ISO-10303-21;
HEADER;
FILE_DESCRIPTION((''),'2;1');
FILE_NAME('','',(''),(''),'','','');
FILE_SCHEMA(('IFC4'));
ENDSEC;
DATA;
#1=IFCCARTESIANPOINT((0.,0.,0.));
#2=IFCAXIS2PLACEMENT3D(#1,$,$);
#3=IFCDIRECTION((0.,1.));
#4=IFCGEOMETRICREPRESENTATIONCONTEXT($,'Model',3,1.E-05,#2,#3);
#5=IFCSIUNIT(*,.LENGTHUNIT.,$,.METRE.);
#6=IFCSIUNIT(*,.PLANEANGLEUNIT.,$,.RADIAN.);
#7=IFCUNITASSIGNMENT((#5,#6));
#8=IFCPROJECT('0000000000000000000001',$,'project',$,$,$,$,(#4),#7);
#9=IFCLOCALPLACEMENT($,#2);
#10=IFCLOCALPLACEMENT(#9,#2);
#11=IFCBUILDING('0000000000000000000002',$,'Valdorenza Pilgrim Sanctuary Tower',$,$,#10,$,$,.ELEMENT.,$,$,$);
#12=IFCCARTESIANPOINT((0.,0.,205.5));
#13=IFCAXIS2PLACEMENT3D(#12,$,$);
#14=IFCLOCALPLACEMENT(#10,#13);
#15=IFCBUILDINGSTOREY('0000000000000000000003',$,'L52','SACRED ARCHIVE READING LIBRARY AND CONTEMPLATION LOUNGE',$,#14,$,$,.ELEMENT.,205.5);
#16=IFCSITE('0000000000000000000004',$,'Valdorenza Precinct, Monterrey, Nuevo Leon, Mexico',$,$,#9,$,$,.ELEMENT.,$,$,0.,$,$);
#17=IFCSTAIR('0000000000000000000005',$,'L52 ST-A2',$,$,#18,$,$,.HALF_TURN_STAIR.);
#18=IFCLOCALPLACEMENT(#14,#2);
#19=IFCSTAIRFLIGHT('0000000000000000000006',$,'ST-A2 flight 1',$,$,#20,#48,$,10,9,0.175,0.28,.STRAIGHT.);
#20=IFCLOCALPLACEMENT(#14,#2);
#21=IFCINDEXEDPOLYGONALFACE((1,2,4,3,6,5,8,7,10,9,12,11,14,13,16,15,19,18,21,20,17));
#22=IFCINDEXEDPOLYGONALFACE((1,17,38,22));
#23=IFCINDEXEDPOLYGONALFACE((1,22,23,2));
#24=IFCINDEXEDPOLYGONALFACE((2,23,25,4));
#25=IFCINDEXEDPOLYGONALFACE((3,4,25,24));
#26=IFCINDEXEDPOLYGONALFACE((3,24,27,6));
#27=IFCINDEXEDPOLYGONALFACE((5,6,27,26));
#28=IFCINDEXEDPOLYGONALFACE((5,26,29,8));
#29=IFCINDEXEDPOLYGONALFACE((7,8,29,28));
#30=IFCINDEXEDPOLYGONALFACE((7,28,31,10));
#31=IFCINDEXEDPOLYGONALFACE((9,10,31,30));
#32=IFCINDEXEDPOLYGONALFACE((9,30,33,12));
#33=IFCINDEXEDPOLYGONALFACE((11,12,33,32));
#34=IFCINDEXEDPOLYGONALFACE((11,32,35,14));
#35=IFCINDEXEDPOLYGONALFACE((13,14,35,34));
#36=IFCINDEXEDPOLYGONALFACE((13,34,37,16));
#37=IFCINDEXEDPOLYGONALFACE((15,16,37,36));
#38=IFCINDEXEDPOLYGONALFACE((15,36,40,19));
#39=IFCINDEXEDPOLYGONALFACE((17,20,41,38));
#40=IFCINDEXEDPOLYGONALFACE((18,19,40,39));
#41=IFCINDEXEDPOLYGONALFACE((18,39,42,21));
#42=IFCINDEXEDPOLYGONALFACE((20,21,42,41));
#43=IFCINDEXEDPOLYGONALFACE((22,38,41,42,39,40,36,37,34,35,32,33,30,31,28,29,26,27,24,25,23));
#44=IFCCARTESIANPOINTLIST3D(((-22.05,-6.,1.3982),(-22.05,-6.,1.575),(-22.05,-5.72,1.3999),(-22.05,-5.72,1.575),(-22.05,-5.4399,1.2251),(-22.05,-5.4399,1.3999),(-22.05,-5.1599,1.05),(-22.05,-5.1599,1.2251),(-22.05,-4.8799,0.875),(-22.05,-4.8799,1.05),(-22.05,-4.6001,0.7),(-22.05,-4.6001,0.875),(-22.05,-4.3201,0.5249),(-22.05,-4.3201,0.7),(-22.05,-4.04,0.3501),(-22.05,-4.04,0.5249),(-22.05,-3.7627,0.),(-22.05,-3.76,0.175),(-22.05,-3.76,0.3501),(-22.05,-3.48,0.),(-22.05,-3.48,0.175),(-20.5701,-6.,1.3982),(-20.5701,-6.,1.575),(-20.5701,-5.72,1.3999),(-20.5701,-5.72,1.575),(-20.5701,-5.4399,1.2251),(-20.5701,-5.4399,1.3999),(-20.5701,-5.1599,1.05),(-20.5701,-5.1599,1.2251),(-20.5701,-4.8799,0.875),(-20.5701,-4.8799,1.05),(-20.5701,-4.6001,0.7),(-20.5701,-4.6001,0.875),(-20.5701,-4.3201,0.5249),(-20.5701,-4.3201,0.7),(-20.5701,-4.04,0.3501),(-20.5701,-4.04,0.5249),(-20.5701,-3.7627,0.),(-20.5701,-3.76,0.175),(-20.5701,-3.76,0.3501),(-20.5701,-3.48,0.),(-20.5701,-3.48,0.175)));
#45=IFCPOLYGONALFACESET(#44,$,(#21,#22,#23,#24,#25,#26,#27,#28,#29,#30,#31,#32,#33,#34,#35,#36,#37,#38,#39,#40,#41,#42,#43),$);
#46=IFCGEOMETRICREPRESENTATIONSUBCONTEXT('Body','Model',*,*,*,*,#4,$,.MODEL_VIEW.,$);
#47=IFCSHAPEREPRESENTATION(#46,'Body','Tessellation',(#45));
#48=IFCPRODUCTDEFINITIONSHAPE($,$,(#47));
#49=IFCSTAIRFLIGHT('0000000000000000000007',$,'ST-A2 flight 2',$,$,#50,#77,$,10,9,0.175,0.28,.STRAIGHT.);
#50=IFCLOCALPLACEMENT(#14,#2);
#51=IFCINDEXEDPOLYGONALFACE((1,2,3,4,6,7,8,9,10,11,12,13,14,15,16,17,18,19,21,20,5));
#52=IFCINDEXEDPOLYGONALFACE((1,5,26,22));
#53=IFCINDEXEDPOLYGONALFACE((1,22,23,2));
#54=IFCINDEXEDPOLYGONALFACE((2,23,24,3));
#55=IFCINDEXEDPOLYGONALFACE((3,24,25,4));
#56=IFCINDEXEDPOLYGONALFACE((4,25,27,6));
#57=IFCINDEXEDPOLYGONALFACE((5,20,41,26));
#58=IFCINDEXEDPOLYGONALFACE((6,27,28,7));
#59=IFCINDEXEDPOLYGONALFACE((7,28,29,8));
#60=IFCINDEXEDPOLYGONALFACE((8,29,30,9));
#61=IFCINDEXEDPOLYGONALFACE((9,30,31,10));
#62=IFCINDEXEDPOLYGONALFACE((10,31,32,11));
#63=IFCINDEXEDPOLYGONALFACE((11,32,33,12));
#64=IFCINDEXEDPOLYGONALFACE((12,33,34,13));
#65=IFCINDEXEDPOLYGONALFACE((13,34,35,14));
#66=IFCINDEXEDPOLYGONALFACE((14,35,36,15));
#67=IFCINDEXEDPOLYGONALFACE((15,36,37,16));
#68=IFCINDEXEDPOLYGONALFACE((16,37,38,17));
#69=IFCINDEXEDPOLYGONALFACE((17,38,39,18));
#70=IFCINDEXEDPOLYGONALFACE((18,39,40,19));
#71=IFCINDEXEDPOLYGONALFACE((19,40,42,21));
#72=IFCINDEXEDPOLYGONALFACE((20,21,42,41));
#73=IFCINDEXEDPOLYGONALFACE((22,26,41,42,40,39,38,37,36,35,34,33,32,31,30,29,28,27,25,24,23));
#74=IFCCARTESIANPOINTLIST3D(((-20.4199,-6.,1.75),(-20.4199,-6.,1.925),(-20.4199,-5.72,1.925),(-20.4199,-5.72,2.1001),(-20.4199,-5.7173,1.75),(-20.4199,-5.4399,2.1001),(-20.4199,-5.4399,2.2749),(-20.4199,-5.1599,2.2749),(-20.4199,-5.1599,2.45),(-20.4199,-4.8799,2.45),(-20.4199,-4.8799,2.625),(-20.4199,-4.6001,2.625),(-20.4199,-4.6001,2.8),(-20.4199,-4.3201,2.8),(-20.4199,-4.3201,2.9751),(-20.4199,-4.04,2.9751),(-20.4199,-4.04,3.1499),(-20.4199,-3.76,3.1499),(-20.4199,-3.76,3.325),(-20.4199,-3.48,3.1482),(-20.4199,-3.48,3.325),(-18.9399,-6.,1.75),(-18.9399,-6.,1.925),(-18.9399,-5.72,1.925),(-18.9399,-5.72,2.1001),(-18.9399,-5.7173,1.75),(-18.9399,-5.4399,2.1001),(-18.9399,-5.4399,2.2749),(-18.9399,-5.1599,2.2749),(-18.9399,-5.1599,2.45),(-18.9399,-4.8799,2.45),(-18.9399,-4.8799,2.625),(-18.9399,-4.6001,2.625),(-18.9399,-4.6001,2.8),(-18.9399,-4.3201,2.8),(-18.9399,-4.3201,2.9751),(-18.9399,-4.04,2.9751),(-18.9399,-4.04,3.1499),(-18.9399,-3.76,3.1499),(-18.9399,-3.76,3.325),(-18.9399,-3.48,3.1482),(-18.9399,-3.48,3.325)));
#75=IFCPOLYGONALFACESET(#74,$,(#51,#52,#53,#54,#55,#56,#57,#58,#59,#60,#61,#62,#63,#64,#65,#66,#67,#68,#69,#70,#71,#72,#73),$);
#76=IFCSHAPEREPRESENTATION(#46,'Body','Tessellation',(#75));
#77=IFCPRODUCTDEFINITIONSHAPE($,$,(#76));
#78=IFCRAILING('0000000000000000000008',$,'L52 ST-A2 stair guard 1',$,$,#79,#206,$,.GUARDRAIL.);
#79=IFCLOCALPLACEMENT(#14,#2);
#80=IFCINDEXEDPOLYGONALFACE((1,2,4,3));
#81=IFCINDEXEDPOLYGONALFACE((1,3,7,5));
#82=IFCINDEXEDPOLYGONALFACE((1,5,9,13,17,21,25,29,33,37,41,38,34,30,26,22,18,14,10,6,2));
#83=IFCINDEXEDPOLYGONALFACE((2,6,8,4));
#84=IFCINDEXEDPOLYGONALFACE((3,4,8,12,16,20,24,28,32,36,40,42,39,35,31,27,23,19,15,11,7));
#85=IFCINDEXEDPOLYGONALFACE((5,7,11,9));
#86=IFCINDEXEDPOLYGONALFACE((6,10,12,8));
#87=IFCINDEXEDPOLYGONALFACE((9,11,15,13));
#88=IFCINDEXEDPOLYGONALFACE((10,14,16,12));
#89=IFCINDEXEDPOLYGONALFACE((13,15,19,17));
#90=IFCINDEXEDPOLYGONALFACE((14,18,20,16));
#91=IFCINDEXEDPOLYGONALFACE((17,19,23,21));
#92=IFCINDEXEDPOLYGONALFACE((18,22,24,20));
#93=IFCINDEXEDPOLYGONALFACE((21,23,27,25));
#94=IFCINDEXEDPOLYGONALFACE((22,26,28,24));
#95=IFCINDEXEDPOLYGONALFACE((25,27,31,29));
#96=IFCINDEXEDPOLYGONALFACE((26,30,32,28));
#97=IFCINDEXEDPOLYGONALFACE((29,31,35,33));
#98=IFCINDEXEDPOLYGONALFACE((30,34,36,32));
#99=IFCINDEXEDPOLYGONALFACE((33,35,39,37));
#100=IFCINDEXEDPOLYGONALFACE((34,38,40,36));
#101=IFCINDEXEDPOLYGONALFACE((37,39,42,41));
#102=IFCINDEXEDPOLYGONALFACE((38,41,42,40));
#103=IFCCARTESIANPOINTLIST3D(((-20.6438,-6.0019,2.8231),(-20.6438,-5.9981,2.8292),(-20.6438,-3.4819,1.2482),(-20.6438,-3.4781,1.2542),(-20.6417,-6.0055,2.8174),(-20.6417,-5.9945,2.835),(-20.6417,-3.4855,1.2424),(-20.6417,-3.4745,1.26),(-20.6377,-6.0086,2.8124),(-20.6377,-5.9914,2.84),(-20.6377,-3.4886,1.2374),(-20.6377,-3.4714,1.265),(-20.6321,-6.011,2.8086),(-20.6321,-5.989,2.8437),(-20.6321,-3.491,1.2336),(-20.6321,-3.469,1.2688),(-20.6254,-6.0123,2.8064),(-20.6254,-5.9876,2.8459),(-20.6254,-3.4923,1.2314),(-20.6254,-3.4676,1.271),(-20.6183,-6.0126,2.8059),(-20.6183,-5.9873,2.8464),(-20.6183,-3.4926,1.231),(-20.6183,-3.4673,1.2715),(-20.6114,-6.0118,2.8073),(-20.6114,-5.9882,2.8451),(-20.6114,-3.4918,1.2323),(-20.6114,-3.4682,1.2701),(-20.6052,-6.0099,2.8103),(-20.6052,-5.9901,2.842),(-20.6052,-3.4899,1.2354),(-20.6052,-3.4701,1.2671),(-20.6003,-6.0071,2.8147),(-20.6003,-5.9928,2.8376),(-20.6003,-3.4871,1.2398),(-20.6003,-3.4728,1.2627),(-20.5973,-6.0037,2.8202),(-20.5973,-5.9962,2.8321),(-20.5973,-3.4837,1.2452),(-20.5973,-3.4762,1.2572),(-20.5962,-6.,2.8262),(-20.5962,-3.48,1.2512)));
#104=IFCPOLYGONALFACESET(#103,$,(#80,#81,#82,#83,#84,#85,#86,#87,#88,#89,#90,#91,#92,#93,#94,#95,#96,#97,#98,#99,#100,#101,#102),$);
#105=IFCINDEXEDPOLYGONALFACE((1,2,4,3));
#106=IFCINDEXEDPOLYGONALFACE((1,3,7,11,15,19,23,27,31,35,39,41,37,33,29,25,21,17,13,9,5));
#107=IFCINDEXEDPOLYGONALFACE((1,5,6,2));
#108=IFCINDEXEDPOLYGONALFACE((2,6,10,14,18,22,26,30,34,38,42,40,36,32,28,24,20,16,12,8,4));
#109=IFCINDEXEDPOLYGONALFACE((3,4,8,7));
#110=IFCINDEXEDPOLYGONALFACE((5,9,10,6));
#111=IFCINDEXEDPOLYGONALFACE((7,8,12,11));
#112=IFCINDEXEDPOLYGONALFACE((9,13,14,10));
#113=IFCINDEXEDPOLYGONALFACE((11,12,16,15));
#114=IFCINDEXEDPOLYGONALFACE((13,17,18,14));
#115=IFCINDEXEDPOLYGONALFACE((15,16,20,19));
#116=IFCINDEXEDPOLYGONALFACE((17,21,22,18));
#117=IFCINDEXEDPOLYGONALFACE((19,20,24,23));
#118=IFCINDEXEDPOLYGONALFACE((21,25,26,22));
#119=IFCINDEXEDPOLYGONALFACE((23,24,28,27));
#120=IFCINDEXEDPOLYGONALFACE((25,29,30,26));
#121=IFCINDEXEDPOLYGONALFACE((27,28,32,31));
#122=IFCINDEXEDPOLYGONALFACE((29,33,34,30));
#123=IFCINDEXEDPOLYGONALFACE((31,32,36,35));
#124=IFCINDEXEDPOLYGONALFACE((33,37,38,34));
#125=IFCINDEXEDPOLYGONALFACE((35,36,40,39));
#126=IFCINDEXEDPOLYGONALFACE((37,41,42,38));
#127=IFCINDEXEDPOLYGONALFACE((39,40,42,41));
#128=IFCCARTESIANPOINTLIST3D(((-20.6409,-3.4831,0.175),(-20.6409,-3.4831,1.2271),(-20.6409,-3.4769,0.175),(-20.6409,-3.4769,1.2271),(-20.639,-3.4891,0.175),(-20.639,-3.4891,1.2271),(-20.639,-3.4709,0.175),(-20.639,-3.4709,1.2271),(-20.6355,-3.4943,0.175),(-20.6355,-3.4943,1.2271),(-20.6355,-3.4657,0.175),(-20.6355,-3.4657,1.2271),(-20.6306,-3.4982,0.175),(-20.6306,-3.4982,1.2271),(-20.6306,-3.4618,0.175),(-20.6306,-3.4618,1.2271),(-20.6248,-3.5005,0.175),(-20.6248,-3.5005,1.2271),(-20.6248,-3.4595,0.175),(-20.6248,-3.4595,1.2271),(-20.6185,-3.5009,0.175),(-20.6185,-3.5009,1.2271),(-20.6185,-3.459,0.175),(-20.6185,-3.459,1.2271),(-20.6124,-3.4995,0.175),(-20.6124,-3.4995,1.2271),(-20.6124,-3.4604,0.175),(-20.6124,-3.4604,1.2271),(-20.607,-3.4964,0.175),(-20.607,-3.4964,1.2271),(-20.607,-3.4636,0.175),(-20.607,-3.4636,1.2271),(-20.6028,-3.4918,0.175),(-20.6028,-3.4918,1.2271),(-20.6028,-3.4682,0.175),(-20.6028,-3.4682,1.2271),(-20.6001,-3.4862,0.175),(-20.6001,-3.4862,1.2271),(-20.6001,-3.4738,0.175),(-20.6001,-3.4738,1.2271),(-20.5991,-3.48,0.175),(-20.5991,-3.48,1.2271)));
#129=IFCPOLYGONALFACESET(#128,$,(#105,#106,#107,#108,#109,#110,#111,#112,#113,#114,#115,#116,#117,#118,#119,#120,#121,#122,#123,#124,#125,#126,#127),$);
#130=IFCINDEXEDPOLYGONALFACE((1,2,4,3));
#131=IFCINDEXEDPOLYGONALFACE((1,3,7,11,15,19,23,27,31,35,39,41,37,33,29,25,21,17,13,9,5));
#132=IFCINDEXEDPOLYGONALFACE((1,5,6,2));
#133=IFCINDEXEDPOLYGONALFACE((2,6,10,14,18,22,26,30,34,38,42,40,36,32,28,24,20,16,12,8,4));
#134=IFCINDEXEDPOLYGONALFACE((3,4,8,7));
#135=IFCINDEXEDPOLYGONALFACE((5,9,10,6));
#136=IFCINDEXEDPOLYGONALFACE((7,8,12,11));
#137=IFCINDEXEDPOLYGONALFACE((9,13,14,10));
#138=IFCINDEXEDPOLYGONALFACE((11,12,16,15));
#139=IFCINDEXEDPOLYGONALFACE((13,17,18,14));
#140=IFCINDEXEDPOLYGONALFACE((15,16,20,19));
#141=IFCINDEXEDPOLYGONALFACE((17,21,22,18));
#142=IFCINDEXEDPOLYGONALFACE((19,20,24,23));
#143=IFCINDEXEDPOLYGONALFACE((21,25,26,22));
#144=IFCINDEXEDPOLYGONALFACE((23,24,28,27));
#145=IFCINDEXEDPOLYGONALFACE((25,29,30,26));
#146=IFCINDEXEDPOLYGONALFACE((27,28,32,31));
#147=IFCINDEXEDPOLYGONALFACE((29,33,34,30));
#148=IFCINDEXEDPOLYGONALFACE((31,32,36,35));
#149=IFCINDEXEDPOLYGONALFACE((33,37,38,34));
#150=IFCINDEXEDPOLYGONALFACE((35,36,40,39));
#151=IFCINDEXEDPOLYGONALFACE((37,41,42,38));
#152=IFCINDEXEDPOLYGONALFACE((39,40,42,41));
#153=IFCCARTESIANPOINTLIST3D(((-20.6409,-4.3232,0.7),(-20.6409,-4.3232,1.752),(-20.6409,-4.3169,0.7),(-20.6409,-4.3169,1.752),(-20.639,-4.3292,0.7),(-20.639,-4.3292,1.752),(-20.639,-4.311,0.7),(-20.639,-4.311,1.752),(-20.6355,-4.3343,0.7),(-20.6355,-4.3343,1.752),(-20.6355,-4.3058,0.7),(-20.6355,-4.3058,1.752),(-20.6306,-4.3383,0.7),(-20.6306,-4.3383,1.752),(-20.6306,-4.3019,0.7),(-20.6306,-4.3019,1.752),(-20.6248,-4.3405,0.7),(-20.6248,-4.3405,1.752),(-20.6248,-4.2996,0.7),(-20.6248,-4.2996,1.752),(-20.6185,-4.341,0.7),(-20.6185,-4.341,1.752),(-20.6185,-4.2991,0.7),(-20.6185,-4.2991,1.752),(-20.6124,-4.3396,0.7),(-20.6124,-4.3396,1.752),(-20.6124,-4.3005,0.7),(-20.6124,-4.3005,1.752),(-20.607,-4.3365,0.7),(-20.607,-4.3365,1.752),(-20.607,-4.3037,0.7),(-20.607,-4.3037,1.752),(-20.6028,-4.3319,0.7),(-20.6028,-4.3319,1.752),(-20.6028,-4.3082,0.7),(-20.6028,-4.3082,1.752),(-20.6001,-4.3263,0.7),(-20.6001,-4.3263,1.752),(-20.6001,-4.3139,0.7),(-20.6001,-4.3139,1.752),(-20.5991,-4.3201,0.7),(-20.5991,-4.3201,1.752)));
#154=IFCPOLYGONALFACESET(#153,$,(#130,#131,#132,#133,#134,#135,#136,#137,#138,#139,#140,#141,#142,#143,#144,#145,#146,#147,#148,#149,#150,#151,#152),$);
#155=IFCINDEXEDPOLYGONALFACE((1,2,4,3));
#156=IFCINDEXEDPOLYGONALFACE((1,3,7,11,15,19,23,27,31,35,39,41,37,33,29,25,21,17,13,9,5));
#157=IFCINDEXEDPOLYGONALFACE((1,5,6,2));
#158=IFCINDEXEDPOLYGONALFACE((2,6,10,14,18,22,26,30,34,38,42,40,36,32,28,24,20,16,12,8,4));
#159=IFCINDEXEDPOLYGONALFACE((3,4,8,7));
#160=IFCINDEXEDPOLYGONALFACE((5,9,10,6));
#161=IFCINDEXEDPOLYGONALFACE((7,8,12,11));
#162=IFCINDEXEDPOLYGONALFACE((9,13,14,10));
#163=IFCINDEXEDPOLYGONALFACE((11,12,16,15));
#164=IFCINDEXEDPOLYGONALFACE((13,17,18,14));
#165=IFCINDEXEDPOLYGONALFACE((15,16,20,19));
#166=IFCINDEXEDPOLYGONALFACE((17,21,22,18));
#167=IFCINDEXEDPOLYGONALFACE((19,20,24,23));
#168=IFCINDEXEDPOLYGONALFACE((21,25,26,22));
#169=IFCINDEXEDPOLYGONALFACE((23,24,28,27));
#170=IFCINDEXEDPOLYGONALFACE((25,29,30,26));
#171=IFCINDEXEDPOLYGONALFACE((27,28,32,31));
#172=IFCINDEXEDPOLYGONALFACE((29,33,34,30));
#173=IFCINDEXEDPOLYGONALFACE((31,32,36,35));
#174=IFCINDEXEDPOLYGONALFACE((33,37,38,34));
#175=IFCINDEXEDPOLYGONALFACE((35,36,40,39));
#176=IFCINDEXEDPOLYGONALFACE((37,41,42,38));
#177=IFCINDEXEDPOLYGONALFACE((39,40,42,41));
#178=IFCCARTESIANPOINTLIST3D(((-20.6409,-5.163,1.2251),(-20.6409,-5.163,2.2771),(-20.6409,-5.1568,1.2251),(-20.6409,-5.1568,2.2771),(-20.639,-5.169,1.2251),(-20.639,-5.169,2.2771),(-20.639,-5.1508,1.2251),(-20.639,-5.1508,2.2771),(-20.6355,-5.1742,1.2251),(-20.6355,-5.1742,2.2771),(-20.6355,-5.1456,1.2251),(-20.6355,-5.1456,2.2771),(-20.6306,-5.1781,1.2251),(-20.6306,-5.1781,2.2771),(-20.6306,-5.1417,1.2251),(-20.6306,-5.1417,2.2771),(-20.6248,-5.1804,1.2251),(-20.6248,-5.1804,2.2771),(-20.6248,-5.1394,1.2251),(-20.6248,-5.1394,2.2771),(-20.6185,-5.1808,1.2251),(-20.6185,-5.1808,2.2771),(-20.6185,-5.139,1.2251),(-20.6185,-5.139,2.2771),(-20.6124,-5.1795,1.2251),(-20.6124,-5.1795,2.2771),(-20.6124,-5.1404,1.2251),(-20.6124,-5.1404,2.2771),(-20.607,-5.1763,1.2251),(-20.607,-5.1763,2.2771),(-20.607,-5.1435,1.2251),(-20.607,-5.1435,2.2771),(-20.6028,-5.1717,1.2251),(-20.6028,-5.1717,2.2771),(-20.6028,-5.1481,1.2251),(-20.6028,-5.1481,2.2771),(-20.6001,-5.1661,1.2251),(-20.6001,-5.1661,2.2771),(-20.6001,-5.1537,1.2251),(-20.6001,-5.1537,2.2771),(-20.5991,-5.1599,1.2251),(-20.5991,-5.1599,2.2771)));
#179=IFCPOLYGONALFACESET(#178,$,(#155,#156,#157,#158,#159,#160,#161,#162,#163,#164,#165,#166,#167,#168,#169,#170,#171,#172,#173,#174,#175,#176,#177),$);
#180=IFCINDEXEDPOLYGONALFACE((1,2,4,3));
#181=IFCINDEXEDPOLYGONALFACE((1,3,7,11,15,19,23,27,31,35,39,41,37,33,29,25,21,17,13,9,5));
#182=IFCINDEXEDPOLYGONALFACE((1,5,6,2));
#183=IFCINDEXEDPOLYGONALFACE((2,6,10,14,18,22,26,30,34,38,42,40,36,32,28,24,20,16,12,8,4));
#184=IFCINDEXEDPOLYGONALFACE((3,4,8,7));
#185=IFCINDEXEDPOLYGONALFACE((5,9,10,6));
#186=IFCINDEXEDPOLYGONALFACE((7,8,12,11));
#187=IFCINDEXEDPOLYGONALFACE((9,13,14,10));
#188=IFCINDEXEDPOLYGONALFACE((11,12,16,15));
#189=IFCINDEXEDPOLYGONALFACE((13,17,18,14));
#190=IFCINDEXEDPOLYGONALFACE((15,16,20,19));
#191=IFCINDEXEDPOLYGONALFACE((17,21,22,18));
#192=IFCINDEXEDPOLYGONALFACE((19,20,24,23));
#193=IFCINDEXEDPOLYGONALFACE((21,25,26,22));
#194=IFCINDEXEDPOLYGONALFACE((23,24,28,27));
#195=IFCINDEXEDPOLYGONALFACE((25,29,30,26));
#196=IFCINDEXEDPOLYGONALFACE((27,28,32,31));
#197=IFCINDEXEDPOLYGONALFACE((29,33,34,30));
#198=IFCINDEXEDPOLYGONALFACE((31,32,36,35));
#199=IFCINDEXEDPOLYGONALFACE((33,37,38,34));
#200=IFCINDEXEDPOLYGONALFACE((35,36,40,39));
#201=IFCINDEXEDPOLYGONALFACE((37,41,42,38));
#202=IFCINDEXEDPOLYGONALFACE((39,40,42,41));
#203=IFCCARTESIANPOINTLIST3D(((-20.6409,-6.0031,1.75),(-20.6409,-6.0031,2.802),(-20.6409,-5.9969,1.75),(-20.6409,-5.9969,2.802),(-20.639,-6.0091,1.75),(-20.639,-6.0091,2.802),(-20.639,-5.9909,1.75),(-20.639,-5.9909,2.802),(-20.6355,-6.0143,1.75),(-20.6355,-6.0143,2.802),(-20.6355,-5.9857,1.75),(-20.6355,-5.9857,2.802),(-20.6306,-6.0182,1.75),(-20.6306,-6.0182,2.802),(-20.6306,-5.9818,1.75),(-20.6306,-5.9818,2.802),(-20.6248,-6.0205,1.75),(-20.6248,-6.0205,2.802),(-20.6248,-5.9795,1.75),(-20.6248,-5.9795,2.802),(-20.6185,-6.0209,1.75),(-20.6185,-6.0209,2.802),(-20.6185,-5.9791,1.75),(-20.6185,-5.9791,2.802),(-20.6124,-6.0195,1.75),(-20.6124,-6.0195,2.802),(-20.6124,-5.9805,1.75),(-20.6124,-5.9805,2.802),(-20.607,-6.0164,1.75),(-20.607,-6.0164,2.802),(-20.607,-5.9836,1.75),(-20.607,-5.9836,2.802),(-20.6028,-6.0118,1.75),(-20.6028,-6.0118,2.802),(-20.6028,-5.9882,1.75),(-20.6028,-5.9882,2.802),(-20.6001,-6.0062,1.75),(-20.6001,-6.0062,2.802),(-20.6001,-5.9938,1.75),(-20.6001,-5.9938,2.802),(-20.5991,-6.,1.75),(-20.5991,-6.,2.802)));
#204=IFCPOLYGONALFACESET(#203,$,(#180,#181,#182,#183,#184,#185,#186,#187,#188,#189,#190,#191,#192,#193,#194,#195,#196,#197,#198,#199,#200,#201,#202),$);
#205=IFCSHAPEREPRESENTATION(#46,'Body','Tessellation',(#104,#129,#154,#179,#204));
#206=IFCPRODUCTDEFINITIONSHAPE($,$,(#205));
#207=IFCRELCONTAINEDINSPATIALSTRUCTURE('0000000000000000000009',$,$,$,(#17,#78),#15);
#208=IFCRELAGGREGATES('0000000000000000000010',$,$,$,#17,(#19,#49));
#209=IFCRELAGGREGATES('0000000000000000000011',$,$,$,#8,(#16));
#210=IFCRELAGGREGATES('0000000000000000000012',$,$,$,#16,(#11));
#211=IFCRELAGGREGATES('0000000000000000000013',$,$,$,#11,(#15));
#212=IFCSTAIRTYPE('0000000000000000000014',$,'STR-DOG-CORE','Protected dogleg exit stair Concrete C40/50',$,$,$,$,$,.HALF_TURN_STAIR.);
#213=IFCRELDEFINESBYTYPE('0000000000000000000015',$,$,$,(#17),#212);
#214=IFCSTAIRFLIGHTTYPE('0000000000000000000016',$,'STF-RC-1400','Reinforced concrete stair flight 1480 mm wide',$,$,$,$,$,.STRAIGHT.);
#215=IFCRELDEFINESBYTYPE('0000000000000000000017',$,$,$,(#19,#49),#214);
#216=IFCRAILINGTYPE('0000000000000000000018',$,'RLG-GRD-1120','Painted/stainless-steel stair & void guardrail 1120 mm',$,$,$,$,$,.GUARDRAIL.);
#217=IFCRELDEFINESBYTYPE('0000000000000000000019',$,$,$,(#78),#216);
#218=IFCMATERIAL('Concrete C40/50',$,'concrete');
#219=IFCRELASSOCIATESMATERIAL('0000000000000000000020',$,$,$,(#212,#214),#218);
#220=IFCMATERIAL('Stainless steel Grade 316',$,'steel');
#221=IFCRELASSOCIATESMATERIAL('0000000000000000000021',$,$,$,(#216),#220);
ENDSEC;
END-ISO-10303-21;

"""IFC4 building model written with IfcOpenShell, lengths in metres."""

from ifc_helpers import new_model, si_unit, direction, frame, origin, origin_2d, place, context, subcontext, project, spatial, polyline, circle, outline, extrude, material, type_object, element, aggregate, save


model = new_model("IFC4")

# Units and contexts
model_context = context("Model", 3, precision=1e-05, world=origin(), true_north=direction((0.0, 1.0)))
body_context = subcontext(model_context, "Body", "Model", "MODEL_VIEW")
ifc_project = project(units=[si_unit("LENGTHUNIT", "METRE"), si_unit("PLANEANGLEUNIT", "RADIAN")], contexts=[model_context])

# Site, building, storey
site_placement = place(None, origin())
site = spatial("IfcSite", under=ifc_project, at=site_placement, Name="Valdorenza Precinct, Monterrey, Nuevo Leon, Mexico", CompositionType="ELEMENT", RefElevation=0.0)
building_placement = place(site_placement, origin())
building = spatial("IfcBuilding", under=site, at=building_placement, Name="Valdorenza Pilgrim Sanctuary Tower", CompositionType="ELEMENT")
storey_placement = place(building_placement, frame((0.0, 0.0, 205.5)))
storey = spatial("IfcBuildingStorey", under=building, at=storey_placement, Name="L52", Description="SACRED ARCHIVE READING LIBRARY AND CONTEMPLATION LOUNGE", CompositionType="ELEMENT", Elevation=205.5)

# Shared definitions
ifc_material_1 = material(Name="Concrete C40/50", Category="concrete")

# Stair, stair flights
stair_type = type_object("IfcStairType", Name="STR-DOG-CORE", Description="Protected dogleg exit stair Concrete C40/50", PredefinedType="HALF_TURN_STAIR", material=ifc_material_1)
stair_placement = place(storey_placement, origin())
stair = element("IfcStair", 1, at=stair_placement, inside=storey, type_object=stair_type, Name="L52 ST-A2", PredefinedType="HALF_TURN_STAIR")
stair_flight_type = type_object("IfcStairFlightType", Name="STF-RC-1400", Description="Reinforced concrete stair flight 1480 mm wide", PredefinedType="STRAIGHT", material=ifc_material_1)
stair_flight_1_placement = place(storey_placement, frame((-21.3101, -3.48, 0.0), z_axis=(0.0, 0.0, 1.0), x_axis=(0.0, -1.0, 0.0)))
stair_flight_1 = element("IfcStairFlight", 2, at=stair_flight_1_placement, type_object=stair_flight_type, Name="ST-A2 flight 1", NumberOfRisers=10, NumberOfTreads=9, PredefinedType="STRAIGHT", RiserHeight=0.175, TreadLength=0.28, context=body_context, shape_type="SweptSolid", body=[
    extrude(outline(polyline([(0.0, 0.0), (0.0, 0.175), (0.28, 0.175), (0.28, 0.3501), (0.5601, 0.3501), (0.5601, 0.5249), (0.8401, 0.5249), (0.8401, 0.7), (1.1201, 0.7), (1.1201, 0.875), (1.3999, 0.875), (1.3999, 1.05), (1.6799, 1.05), (1.6799, 1.2251), (1.96, 1.2251), (1.96, 1.3999), (2.24, 1.3999), (2.24, 1.575), (2.52, 1.575), (2.52, 1.75), (2.52, 1.3982), (0.2827, 0.0), (0.0, 0.0)])), frame((0.0, 0.74, 0.0), z_axis=(0.0, -1.0, 0.0), x_axis=(1.0, 0.0, 0.0)), (0.0, 0.0, 1.0), 1.48),
])
stair_flight_2_placement = place(storey_placement, frame((-19.6799, -6.0, 1.75), z_axis=(0.0, 0.0, 1.0), x_axis=(0.0, 1.0, 0.0)))
stair_flight_2 = element("IfcStairFlight", 3, at=stair_flight_2_placement, type_object=stair_flight_type, Name="ST-A2 flight 2", NumberOfRisers=10, NumberOfTreads=9, PredefinedType="STRAIGHT", RiserHeight=0.175, TreadLength=0.28, context=body_context, shape_type="SweptSolid", body=[
    extrude(outline(polyline([(0.0, 0.0), (0.0, 0.175), (0.28, 0.175), (0.28, 0.3501), (0.5601, 0.3501), (0.5601, 0.5249), (0.8401, 0.5249), (0.8401, 0.7), (1.1201, 0.7), (1.1201, 0.875), (1.3999, 0.875), (1.3999, 1.05), (1.6799, 1.05), (1.6799, 1.2251), (1.96, 1.2251), (1.96, 1.3999), (2.24, 1.3999), (2.24, 1.575), (2.52, 1.575), (2.52, 1.75), (2.52, 1.3982), (0.2827, 0.0), (0.0, 0.0)])), frame((0.0, 0.74, 0.0), z_axis=(0.0, -1.0, 0.0), x_axis=(1.0, 0.0, 0.0)), (0.0, 0.0, 1.0), 1.48),
])
aggregate(stair, [stair_flight_1, stair_flight_2])

# Railing
ifc_material_2 = material(Name="Stainless steel Grade 316", Category="steel")
railing_type_1 = type_object("IfcRailingType", Name="RLG-GRD-1120", Description="Painted/stainless-steel stair & void guardrail 1120 mm", PredefinedType="GUARDRAIL", material=ifc_material_2)
railing_1_placement = place(storey_placement, frame((-20.6201, -3.48, 0.175)))
element("IfcRailing", 4, at=railing_1_placement, inside=storey, type_object=railing_type_1, Name="L52 ST-A2 stair guard 1", PredefinedType="GUARDRAIL", context=body_context, shape_type="SweptSolid", body=[
    extrude(circle(Radius=0.0239, at=origin_2d()), frame((0.0, 0.0, 1.0762), z_axis=(0.0, -0.848008, 0.529984), x_axis=(1.0, 0.0, 0.0)), (0.0, 0.0, 1.0), 2.9717),
    extrude(circle(Radius=0.021, at=origin_2d()), origin(), (0.0, 0.0, 1.0), 1.052),
    extrude(circle(Radius=0.021, at=origin_2d()), frame((0.0, -0.8401, 0.5249)), (0.0, 0.0, 1.0), 1.052),
    extrude(circle(Radius=0.021, at=origin_2d()), frame((0.0, -1.6799, 1.05)), (0.0, 0.0, 1.0), 1.052),
    extrude(circle(Radius=0.021, at=origin_2d()), frame((0.0, -2.52, 1.575)), (0.0, 0.0, 1.0), 1.052),
])

save(model, "model.ifc")
